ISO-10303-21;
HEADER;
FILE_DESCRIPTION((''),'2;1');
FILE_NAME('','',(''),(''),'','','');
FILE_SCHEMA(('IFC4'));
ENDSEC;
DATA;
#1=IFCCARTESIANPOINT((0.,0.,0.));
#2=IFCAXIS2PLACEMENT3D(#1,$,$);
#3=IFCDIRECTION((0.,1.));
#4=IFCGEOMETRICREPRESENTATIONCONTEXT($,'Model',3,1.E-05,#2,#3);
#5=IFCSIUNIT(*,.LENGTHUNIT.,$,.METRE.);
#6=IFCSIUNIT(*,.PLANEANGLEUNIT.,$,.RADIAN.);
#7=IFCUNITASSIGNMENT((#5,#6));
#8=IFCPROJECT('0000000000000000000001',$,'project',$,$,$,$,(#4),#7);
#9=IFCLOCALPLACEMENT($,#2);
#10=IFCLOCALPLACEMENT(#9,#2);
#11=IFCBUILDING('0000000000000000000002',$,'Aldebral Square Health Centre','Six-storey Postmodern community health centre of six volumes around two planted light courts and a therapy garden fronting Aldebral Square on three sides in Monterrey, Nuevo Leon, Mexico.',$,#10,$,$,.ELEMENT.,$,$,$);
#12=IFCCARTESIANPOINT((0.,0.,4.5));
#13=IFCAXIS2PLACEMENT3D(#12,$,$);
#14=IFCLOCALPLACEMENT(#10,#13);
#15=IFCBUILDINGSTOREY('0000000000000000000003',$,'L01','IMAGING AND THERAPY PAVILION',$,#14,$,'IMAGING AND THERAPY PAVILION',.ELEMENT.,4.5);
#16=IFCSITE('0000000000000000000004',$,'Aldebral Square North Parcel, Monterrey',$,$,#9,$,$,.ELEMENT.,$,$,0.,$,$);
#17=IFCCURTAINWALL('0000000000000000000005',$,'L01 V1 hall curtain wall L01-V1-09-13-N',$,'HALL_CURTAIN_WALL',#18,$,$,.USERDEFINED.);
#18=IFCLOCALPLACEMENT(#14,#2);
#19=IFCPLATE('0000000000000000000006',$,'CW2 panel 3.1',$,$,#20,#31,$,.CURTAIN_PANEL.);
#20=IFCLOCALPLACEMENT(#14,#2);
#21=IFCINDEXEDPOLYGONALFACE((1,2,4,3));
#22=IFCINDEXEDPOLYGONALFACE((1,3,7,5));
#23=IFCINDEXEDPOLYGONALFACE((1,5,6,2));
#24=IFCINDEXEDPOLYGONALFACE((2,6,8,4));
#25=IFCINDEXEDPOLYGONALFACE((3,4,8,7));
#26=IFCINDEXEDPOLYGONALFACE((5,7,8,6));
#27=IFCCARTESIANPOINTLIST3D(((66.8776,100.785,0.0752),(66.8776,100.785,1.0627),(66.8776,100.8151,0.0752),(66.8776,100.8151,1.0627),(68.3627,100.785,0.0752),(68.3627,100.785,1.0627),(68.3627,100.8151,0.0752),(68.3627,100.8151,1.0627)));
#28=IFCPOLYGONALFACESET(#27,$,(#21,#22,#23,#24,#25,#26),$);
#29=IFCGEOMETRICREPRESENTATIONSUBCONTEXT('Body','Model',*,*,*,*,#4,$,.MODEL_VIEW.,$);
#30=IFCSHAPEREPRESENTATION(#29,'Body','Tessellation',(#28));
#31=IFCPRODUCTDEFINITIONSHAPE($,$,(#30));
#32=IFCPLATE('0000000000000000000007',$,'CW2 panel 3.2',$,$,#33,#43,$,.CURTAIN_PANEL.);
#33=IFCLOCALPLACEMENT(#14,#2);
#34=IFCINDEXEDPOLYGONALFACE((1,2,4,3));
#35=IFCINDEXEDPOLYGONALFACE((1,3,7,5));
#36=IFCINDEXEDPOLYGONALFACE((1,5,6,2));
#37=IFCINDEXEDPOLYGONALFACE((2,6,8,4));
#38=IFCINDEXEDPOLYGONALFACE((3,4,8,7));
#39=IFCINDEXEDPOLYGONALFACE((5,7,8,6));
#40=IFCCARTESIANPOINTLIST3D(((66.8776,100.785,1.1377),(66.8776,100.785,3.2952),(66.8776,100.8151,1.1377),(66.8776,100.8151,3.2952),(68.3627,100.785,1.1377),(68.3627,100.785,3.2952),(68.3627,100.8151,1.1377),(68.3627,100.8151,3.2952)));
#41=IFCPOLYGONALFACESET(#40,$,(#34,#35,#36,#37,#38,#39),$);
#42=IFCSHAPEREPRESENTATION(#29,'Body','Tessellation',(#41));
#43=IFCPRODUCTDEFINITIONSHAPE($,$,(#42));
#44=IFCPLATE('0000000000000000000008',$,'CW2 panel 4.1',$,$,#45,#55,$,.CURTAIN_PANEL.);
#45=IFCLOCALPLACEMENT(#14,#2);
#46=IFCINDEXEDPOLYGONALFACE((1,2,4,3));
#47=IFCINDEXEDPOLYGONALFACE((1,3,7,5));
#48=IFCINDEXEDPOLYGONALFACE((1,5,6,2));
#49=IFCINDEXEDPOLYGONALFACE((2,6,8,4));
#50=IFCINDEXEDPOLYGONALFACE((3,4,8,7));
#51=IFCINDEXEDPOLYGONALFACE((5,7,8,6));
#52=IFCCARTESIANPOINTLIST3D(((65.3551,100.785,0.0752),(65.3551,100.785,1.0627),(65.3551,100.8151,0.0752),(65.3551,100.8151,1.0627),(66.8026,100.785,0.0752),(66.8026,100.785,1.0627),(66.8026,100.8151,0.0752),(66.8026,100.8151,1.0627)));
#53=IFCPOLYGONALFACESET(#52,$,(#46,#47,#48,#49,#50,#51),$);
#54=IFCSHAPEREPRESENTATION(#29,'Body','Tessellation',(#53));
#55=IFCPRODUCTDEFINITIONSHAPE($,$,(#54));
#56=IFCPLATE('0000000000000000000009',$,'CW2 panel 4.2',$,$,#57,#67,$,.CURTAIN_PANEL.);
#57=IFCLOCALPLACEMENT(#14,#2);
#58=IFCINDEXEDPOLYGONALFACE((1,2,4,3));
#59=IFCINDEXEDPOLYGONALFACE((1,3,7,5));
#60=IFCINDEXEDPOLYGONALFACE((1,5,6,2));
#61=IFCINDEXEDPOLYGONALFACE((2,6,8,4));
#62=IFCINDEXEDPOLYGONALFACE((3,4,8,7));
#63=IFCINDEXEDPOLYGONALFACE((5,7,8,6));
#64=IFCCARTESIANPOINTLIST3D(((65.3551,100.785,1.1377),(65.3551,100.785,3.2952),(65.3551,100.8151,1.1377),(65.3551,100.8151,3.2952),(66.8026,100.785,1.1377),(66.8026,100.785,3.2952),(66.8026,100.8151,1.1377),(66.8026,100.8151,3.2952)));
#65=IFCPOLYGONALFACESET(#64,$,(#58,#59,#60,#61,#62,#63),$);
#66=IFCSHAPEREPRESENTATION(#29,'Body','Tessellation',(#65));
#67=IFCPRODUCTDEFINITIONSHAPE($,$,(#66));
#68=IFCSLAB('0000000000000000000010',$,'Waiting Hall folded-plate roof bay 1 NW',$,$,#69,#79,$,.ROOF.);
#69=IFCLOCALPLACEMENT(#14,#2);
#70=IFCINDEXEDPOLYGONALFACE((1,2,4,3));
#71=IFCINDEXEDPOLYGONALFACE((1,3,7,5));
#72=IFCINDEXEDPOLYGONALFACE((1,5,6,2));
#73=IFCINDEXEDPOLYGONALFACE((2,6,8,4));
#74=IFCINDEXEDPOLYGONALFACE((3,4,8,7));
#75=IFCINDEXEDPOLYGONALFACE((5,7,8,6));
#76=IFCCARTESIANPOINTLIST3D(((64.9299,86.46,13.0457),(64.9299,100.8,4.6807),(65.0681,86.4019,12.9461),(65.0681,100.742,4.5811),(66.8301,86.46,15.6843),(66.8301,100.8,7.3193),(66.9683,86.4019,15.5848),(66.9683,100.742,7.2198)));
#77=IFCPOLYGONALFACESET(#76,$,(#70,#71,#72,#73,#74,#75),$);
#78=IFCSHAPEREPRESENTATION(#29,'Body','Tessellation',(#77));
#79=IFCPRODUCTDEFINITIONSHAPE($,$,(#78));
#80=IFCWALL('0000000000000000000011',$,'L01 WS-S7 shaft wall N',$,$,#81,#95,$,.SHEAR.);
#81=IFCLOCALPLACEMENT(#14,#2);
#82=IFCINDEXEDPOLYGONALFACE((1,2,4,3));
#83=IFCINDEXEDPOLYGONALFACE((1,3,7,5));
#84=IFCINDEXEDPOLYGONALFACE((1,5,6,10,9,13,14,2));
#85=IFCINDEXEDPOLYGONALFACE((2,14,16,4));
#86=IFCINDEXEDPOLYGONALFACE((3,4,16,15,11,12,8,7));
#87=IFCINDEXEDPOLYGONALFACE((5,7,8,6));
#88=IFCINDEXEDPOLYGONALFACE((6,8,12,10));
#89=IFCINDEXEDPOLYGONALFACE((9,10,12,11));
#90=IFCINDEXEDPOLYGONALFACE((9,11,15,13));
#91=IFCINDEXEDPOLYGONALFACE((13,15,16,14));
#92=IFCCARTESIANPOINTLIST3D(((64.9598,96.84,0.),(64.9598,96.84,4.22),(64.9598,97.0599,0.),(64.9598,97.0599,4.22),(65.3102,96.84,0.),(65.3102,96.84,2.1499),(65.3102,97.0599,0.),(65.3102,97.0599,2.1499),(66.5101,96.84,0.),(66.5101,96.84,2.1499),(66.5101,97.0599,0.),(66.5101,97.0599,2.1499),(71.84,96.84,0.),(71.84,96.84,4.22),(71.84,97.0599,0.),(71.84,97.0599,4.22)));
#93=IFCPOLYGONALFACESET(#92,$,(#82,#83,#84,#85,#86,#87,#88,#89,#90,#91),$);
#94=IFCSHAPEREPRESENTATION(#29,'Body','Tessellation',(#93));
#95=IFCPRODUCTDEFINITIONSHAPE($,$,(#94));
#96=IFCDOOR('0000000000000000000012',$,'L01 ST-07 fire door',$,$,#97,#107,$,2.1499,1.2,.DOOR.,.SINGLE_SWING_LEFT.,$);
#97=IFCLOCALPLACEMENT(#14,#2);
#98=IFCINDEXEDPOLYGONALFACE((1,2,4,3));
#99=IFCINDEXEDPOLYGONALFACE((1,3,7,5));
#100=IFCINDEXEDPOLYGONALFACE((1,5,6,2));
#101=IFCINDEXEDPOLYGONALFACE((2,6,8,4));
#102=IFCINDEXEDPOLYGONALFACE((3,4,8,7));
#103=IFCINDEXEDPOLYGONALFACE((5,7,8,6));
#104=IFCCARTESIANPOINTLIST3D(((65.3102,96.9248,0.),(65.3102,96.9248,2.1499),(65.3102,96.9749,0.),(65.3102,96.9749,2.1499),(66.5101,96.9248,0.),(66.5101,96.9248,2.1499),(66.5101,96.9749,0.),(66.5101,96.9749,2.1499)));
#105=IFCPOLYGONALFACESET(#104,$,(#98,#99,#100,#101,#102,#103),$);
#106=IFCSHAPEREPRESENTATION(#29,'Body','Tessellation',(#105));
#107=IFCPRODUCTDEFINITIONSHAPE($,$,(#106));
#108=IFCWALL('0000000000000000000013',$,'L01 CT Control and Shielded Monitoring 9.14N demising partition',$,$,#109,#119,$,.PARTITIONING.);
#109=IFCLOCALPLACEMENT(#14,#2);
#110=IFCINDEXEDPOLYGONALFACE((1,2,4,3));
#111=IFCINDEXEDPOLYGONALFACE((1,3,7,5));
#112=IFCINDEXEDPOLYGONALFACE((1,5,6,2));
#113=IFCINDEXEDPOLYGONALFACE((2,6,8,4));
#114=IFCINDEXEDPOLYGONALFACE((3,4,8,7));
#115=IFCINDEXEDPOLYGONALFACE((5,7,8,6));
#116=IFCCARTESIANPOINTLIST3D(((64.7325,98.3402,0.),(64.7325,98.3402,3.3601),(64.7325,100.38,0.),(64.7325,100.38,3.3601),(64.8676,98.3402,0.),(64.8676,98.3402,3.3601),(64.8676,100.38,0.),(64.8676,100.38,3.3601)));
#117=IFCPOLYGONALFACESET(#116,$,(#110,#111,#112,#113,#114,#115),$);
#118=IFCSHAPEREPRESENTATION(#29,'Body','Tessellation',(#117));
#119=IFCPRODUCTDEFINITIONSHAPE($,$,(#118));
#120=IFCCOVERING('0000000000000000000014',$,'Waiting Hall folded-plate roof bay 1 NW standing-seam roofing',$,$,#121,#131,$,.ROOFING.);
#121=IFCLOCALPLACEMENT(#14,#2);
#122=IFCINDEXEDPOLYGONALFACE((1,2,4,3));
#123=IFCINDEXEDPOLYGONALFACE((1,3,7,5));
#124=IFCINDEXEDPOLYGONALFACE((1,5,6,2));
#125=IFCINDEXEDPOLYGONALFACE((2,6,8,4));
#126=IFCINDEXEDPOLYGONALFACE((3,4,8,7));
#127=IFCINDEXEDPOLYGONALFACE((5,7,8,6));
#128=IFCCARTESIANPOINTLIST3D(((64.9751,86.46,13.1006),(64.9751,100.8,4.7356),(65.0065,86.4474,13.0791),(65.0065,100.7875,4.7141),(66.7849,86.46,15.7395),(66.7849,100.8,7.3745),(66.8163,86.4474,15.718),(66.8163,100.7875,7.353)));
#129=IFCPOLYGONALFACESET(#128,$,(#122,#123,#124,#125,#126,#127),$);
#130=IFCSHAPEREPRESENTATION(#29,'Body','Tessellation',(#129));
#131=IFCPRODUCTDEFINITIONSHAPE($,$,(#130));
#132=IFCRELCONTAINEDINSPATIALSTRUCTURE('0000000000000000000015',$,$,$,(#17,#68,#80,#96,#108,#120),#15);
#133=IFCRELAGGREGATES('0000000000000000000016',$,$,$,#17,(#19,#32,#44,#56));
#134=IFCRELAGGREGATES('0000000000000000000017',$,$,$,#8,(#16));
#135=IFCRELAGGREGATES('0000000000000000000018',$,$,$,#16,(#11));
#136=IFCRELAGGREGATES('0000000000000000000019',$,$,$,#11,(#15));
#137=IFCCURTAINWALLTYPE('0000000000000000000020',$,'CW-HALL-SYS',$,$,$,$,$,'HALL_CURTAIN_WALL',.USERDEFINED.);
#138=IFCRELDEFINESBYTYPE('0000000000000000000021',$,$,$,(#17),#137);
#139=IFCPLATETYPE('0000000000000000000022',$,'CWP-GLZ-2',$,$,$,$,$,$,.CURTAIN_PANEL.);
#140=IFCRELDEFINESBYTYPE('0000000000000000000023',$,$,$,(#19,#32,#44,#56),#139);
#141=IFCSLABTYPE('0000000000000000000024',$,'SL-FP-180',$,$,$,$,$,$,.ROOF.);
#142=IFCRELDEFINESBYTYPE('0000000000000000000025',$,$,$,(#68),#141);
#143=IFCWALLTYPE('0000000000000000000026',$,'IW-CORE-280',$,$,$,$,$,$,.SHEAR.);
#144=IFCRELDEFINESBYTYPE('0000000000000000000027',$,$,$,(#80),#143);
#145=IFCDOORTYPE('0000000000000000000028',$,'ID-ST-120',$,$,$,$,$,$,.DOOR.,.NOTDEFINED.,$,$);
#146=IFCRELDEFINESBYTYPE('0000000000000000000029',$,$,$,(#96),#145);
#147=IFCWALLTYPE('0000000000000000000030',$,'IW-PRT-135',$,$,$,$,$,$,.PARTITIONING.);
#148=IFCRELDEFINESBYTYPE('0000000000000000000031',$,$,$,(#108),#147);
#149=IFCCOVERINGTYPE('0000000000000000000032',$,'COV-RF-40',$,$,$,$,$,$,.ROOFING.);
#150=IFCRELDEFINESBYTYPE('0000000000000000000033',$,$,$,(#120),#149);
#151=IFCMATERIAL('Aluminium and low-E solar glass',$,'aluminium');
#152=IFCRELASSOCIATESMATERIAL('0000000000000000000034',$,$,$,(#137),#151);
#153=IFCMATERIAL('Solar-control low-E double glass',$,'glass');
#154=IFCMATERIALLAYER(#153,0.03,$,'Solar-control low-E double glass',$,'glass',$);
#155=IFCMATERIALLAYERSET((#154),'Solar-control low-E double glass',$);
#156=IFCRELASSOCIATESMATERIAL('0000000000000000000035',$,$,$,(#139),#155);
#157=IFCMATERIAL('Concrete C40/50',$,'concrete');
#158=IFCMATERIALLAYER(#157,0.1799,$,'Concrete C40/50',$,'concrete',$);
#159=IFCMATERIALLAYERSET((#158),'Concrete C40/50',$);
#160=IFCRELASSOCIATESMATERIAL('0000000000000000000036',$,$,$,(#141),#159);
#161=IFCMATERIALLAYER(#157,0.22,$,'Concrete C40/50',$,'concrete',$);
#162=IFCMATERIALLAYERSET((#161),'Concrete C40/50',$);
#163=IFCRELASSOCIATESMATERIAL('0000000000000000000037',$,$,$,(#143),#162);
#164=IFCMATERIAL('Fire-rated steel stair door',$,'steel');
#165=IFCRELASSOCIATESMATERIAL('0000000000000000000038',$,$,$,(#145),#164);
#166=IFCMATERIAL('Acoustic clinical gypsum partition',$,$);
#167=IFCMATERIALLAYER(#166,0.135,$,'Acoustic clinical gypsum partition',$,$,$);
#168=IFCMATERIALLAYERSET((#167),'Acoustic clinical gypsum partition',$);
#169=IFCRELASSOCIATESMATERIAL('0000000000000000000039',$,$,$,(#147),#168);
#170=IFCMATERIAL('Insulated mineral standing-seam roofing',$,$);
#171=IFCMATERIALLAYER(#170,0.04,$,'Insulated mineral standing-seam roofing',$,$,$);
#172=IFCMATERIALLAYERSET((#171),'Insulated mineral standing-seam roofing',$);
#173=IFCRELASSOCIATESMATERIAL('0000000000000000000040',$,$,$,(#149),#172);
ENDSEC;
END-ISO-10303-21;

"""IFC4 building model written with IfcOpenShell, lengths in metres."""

from ifc_helpers import new_model, si_unit, direction, frame, frame_2d, origin, origin_2d, place, context, subcontext, project, spatial, polyline, rectangle, outline, extrude, material, layer, layer_set, type_object, element, fill, aggregate, save


model = new_model("IFC4")

# Units and contexts
model_context = context("Model", 3, precision=1e-05, world=origin(), true_north=direction((0.0, 1.0)))
body_context = subcontext(model_context, "Body", "Model", "MODEL_VIEW")
ifc_project = project(units=[si_unit("LENGTHUNIT", "METRE"), si_unit("PLANEANGLEUNIT", "RADIAN")], contexts=[model_context])

# Site, building, storey
site_placement = place(None, origin())
site = spatial("IfcSite", under=ifc_project, at=site_placement, Name="Aldebral Square North Parcel, Monterrey", CompositionType="ELEMENT", RefElevation=0.0)
building_placement = place(site_placement, origin())
building = spatial("IfcBuilding", under=site, at=building_placement, Name="Aldebral Square Health Centre", Description="Six-storey Postmodern community health centre of six volumes around two planted light courts and a therapy garden fronting Aldebral Square on three sides in Monterrey, Nuevo Leon, Mexico.", CompositionType="ELEMENT")
storey_placement = place(building_placement, frame((0.0, 0.0, 4.5)))
storey = spatial("IfcBuildingStorey", under=building, at=storey_placement, Name="L01", Description="IMAGING AND THERAPY PAVILION", LongName="IMAGING AND THERAPY PAVILION", CompositionType="ELEMENT", Elevation=4.5)

# Shared definitions
ifc_material_1 = material(Name="Concrete C40/50", Category="concrete")

# Curtain wall, plates
ifc_material_2 = material(Name="Aluminium and low-E solar glass", Category="aluminium")
curtain_wall_type = type_object("IfcCurtainWallType", Name="CW-HALL-SYS", ElementType="HALL_CURTAIN_WALL", PredefinedType="USERDEFINED", material=ifc_material_2)
curtain_wall_placement = place(storey_placement, origin())
curtain_wall = element("IfcCurtainWall", 1, at=curtain_wall_placement, inside=storey, type_object=curtain_wall_type, Name="L01 V1 hall curtain wall L01-V1-09-13-N", ObjectType="HALL_CURTAIN_WALL", PredefinedType="USERDEFINED")
ifc_material_3 = material(Name="Solar-control low-E double glass", Category="glass")
ifc_layer_1 = layer(ifc_material_3, 0.03, Name="Solar-control low-E double glass", Category="glass")
ifc_layer_set_1 = layer_set([ifc_layer_1], Name="Solar-control low-E double glass")
plate_type = type_object("IfcPlateType", Name="CWP-GLZ-2", PredefinedType="CURTAIN_PANEL", material=ifc_layer_set_1)
plate_1_placement = place(storey_placement, frame((67.6201, 100.8, 0.0752), z_axis=(0.0, 0.0, 1.0), x_axis=(-1.0, 0.0, 0.0)))
plate_1 = element("IfcPlate", 2, at=plate_1_placement, type_object=plate_type, Name="CW2 panel 3.1", PredefinedType="CURTAIN_PANEL", context=body_context, shape_type="SweptSolid", body=[
    extrude(rectangle(XDim=1.4851, YDim=0.03, at=origin_2d()), origin(), (0.0, 0.0, 1.0), 0.9875),
])
plate_2_placement = place(storey_placement, frame((67.6201, 100.8, 1.1377), z_axis=(0.0, 0.0, 1.0), x_axis=(-1.0, 0.0, 0.0)))
plate_2 = element("IfcPlate", 3, at=plate_2_placement, type_object=plate_type, Name="CW2 panel 3.2", PredefinedType="CURTAIN_PANEL", context=body_context, shape_type="SweptSolid", body=[
    extrude(rectangle(XDim=1.4851, YDim=0.03, at=origin_2d()), origin(), (0.0, 0.0, 1.0), 2.1575),
])
plate_3_placement = place(storey_placement, frame((66.0789, 100.8, 0.0752), z_axis=(0.0, 0.0, 1.0), x_axis=(-1.0, 0.0, 0.0)))
plate_3 = element("IfcPlate", 4, at=plate_3_placement, type_object=plate_type, Name="CW2 panel 4.1", PredefinedType="CURTAIN_PANEL", context=body_context, shape_type="SweptSolid", body=[
    extrude(rectangle(XDim=1.4475, YDim=0.03, at=origin_2d()), origin(), (0.0, 0.0, 1.0), 0.9875),
])
plate_4_placement = place(storey_placement, frame((66.0789, 100.8, 1.1377), z_axis=(0.0, 0.0, 1.0), x_axis=(-1.0, 0.0, 0.0)))
plate_4 = element("IfcPlate", 5, at=plate_4_placement, type_object=plate_type, Name="CW2 panel 4.2", PredefinedType="CURTAIN_PANEL", context=body_context, shape_type="SweptSolid", body=[
    extrude(rectangle(XDim=1.4475, YDim=0.03, at=origin_2d()), origin(), (0.0, 0.0, 1.0), 2.1575),
])
aggregate(curtain_wall, [plate_1, plate_2, plate_3, plate_4])

# Slab
ifc_layer_2 = layer(ifc_material_1, 0.1799, Name="Concrete C40/50", Category="concrete")
ifc_layer_set_2 = layer_set([ifc_layer_2], Name="Concrete C40/50")
slab_type = type_object("IfcSlabType", Name="SL-FP-180", PredefinedType="ROOF", material=ifc_layer_set_2)
slab_placement = place(storey_placement, frame((66.8301, 100.8, 7.3193), z_axis=(-0.768091, 0.322647, 0.553114), x_axis=(-0.584366, 0.0, -0.81149)))
element("IfcSlab", 6, at=slab_placement, inside=storey, type_object=slab_type, Name="Waiting Hall folded-plate roof bay 1 NW", PredefinedType="ROOF", context=body_context, shape_type="SweptSolid", body=[
    extrude(outline(polyline([(0.0, 0.0), (3.2516, 0.0), (-3.5365, 15.1503), (-6.7881, 15.1503), (0.0, 0.0)])), origin(), (0.0, 0.0, -1.0), 0.1799),
])

# Wall, opening, door
ifc_layer_3 = layer(ifc_material_1, 0.22, Name="Concrete C40/50", Category="concrete")
ifc_layer_set_3 = layer_set([ifc_layer_3], Name="Concrete C40/50")
wall_type_1 = type_object("IfcWallType", Name="IW-CORE-280", PredefinedType="SHEAR", material=ifc_layer_set_3)
wall_1_placement = place(storey_placement, frame((64.96, 96.95, 0.0), z_axis=(0.0, 0.0, 1.0), x_axis=(1.0, 0.0, 0.0)))
wall_1 = element("IfcWall", 7, at=wall_1_placement, inside=storey, type_object=wall_type_1, Name="L01 WS-S7 shaft wall N", PredefinedType="SHEAR", context=body_context, shape_type="SweptSolid", body=[
    extrude(rectangle(XDim=6.8801, YDim=0.22, at=frame_2d((3.4399, 0.0))), origin(), (0.0, 0.0, 1.0), 4.22),
])
opening_placement = place(wall_1_placement, frame((0.3501, 0.0, 0.0)))
opening = element("IfcOpeningElement", 8, at=opening_placement, cuts=wall_1, PredefinedType="OPENING", context=body_context, shape_type="SweptSolid", body=[
    extrude(rectangle(XDim=1.2, YDim=2.1499, at=frame_2d((0.6001, 1.075))), frame((0.0, 0.1201, 0.0), z_axis=(0.0, -1.0, 0.0), x_axis=(1.0, 0.0, 0.0)), (0.0, 0.0, 1.0), 0.24),
])
ifc_material_4 = material(Name="Fire-rated steel stair door", Category="steel")
door_type = type_object("IfcDoorType", Name="ID-ST-120", OperationType="NOTDEFINED", PredefinedType="DOOR", material=ifc_material_4)
door_placement = place(opening_placement, origin())
door = element("IfcDoor", 9, at=door_placement, inside=storey, type_object=door_type, Name="L01 ST-07 fire door", OperationType="SINGLE_SWING_LEFT", OverallHeight=2.1499, OverallWidth=1.2, PredefinedType="DOOR", context=body_context, shape_type="SweptSolid", body=[
    extrude(rectangle(XDim=1.2, YDim=2.1499, at=frame_2d((0.6001, 1.075))), frame((0.0, 0.0249, 0.0), z_axis=(0.0, -1.0, 0.0), x_axis=(1.0, 0.0, 0.0)), (0.0, 0.0, 1.0), 0.05),
])
fill(opening, door)

# Wall
ifc_material_5 = material(Name="Acoustic clinical gypsum partition")
ifc_layer_4 = layer(ifc_material_5, 0.135, Name="Acoustic clinical gypsum partition")
ifc_layer_set_4 = layer_set([ifc_layer_4], Name="Acoustic clinical gypsum partition")
wall_type_2 = type_object("IfcWallType", Name="IW-PRT-135", PredefinedType="PARTITIONING", material=ifc_layer_set_4)
wall_2_placement = place(storey_placement, frame((64.8, 98.3401, 0.0), z_axis=(0.0, 0.0, 1.0), x_axis=(0.0, 1.0, 0.0)))
element("IfcWall", 10, at=wall_2_placement, inside=storey, type_object=wall_type_2, Name="L01 CT Control and Shielded Monitoring 9.14N demising partition", PredefinedType="PARTITIONING", context=body_context, shape_type="SweptSolid", body=[
    extrude(rectangle(XDim=2.0398, YDim=0.135, at=frame_2d((1.02, 0.0))), origin(), (0.0, 0.0, 1.0), 3.3601),
])

# Covering
ifc_material_6 = material(Name="Insulated mineral standing-seam roofing")
ifc_layer_5 = layer(ifc_material_6, 0.04, Name="Insulated mineral standing-seam roofing")
ifc_layer_set_5 = layer_set([ifc_layer_5], Name="Insulated mineral standing-seam roofing")
covering_type = type_object("IfcCoveringType", Name="COV-RF-40", PredefinedType="ROOFING", material=ifc_layer_set_5)
covering_placement = place(storey_placement, frame((66.7849, 100.8, 7.3745), z_axis=(-0.783166, 0.313311, 0.537109), x_axis=(-0.565586, 0.0, -0.824689)))
element("IfcCovering", 11, at=covering_placement, inside=storey, type_object=covering_type, Name="Waiting Hall folded-plate roof bay 1 NW standing-seam roofing", PredefinedType="ROOFING", context=body_context, shape_type="SweptSolid", body=[
    extrude(outline(polyline([(0.0, 0.0), (3.1999, 0.0), (-3.6986, 15.1004), (-6.8985, 15.1004), (0.0, 0.0)])), origin(), (0.0, 0.0, -1.0), 0.04),
])

save(model, "model.ifc")
